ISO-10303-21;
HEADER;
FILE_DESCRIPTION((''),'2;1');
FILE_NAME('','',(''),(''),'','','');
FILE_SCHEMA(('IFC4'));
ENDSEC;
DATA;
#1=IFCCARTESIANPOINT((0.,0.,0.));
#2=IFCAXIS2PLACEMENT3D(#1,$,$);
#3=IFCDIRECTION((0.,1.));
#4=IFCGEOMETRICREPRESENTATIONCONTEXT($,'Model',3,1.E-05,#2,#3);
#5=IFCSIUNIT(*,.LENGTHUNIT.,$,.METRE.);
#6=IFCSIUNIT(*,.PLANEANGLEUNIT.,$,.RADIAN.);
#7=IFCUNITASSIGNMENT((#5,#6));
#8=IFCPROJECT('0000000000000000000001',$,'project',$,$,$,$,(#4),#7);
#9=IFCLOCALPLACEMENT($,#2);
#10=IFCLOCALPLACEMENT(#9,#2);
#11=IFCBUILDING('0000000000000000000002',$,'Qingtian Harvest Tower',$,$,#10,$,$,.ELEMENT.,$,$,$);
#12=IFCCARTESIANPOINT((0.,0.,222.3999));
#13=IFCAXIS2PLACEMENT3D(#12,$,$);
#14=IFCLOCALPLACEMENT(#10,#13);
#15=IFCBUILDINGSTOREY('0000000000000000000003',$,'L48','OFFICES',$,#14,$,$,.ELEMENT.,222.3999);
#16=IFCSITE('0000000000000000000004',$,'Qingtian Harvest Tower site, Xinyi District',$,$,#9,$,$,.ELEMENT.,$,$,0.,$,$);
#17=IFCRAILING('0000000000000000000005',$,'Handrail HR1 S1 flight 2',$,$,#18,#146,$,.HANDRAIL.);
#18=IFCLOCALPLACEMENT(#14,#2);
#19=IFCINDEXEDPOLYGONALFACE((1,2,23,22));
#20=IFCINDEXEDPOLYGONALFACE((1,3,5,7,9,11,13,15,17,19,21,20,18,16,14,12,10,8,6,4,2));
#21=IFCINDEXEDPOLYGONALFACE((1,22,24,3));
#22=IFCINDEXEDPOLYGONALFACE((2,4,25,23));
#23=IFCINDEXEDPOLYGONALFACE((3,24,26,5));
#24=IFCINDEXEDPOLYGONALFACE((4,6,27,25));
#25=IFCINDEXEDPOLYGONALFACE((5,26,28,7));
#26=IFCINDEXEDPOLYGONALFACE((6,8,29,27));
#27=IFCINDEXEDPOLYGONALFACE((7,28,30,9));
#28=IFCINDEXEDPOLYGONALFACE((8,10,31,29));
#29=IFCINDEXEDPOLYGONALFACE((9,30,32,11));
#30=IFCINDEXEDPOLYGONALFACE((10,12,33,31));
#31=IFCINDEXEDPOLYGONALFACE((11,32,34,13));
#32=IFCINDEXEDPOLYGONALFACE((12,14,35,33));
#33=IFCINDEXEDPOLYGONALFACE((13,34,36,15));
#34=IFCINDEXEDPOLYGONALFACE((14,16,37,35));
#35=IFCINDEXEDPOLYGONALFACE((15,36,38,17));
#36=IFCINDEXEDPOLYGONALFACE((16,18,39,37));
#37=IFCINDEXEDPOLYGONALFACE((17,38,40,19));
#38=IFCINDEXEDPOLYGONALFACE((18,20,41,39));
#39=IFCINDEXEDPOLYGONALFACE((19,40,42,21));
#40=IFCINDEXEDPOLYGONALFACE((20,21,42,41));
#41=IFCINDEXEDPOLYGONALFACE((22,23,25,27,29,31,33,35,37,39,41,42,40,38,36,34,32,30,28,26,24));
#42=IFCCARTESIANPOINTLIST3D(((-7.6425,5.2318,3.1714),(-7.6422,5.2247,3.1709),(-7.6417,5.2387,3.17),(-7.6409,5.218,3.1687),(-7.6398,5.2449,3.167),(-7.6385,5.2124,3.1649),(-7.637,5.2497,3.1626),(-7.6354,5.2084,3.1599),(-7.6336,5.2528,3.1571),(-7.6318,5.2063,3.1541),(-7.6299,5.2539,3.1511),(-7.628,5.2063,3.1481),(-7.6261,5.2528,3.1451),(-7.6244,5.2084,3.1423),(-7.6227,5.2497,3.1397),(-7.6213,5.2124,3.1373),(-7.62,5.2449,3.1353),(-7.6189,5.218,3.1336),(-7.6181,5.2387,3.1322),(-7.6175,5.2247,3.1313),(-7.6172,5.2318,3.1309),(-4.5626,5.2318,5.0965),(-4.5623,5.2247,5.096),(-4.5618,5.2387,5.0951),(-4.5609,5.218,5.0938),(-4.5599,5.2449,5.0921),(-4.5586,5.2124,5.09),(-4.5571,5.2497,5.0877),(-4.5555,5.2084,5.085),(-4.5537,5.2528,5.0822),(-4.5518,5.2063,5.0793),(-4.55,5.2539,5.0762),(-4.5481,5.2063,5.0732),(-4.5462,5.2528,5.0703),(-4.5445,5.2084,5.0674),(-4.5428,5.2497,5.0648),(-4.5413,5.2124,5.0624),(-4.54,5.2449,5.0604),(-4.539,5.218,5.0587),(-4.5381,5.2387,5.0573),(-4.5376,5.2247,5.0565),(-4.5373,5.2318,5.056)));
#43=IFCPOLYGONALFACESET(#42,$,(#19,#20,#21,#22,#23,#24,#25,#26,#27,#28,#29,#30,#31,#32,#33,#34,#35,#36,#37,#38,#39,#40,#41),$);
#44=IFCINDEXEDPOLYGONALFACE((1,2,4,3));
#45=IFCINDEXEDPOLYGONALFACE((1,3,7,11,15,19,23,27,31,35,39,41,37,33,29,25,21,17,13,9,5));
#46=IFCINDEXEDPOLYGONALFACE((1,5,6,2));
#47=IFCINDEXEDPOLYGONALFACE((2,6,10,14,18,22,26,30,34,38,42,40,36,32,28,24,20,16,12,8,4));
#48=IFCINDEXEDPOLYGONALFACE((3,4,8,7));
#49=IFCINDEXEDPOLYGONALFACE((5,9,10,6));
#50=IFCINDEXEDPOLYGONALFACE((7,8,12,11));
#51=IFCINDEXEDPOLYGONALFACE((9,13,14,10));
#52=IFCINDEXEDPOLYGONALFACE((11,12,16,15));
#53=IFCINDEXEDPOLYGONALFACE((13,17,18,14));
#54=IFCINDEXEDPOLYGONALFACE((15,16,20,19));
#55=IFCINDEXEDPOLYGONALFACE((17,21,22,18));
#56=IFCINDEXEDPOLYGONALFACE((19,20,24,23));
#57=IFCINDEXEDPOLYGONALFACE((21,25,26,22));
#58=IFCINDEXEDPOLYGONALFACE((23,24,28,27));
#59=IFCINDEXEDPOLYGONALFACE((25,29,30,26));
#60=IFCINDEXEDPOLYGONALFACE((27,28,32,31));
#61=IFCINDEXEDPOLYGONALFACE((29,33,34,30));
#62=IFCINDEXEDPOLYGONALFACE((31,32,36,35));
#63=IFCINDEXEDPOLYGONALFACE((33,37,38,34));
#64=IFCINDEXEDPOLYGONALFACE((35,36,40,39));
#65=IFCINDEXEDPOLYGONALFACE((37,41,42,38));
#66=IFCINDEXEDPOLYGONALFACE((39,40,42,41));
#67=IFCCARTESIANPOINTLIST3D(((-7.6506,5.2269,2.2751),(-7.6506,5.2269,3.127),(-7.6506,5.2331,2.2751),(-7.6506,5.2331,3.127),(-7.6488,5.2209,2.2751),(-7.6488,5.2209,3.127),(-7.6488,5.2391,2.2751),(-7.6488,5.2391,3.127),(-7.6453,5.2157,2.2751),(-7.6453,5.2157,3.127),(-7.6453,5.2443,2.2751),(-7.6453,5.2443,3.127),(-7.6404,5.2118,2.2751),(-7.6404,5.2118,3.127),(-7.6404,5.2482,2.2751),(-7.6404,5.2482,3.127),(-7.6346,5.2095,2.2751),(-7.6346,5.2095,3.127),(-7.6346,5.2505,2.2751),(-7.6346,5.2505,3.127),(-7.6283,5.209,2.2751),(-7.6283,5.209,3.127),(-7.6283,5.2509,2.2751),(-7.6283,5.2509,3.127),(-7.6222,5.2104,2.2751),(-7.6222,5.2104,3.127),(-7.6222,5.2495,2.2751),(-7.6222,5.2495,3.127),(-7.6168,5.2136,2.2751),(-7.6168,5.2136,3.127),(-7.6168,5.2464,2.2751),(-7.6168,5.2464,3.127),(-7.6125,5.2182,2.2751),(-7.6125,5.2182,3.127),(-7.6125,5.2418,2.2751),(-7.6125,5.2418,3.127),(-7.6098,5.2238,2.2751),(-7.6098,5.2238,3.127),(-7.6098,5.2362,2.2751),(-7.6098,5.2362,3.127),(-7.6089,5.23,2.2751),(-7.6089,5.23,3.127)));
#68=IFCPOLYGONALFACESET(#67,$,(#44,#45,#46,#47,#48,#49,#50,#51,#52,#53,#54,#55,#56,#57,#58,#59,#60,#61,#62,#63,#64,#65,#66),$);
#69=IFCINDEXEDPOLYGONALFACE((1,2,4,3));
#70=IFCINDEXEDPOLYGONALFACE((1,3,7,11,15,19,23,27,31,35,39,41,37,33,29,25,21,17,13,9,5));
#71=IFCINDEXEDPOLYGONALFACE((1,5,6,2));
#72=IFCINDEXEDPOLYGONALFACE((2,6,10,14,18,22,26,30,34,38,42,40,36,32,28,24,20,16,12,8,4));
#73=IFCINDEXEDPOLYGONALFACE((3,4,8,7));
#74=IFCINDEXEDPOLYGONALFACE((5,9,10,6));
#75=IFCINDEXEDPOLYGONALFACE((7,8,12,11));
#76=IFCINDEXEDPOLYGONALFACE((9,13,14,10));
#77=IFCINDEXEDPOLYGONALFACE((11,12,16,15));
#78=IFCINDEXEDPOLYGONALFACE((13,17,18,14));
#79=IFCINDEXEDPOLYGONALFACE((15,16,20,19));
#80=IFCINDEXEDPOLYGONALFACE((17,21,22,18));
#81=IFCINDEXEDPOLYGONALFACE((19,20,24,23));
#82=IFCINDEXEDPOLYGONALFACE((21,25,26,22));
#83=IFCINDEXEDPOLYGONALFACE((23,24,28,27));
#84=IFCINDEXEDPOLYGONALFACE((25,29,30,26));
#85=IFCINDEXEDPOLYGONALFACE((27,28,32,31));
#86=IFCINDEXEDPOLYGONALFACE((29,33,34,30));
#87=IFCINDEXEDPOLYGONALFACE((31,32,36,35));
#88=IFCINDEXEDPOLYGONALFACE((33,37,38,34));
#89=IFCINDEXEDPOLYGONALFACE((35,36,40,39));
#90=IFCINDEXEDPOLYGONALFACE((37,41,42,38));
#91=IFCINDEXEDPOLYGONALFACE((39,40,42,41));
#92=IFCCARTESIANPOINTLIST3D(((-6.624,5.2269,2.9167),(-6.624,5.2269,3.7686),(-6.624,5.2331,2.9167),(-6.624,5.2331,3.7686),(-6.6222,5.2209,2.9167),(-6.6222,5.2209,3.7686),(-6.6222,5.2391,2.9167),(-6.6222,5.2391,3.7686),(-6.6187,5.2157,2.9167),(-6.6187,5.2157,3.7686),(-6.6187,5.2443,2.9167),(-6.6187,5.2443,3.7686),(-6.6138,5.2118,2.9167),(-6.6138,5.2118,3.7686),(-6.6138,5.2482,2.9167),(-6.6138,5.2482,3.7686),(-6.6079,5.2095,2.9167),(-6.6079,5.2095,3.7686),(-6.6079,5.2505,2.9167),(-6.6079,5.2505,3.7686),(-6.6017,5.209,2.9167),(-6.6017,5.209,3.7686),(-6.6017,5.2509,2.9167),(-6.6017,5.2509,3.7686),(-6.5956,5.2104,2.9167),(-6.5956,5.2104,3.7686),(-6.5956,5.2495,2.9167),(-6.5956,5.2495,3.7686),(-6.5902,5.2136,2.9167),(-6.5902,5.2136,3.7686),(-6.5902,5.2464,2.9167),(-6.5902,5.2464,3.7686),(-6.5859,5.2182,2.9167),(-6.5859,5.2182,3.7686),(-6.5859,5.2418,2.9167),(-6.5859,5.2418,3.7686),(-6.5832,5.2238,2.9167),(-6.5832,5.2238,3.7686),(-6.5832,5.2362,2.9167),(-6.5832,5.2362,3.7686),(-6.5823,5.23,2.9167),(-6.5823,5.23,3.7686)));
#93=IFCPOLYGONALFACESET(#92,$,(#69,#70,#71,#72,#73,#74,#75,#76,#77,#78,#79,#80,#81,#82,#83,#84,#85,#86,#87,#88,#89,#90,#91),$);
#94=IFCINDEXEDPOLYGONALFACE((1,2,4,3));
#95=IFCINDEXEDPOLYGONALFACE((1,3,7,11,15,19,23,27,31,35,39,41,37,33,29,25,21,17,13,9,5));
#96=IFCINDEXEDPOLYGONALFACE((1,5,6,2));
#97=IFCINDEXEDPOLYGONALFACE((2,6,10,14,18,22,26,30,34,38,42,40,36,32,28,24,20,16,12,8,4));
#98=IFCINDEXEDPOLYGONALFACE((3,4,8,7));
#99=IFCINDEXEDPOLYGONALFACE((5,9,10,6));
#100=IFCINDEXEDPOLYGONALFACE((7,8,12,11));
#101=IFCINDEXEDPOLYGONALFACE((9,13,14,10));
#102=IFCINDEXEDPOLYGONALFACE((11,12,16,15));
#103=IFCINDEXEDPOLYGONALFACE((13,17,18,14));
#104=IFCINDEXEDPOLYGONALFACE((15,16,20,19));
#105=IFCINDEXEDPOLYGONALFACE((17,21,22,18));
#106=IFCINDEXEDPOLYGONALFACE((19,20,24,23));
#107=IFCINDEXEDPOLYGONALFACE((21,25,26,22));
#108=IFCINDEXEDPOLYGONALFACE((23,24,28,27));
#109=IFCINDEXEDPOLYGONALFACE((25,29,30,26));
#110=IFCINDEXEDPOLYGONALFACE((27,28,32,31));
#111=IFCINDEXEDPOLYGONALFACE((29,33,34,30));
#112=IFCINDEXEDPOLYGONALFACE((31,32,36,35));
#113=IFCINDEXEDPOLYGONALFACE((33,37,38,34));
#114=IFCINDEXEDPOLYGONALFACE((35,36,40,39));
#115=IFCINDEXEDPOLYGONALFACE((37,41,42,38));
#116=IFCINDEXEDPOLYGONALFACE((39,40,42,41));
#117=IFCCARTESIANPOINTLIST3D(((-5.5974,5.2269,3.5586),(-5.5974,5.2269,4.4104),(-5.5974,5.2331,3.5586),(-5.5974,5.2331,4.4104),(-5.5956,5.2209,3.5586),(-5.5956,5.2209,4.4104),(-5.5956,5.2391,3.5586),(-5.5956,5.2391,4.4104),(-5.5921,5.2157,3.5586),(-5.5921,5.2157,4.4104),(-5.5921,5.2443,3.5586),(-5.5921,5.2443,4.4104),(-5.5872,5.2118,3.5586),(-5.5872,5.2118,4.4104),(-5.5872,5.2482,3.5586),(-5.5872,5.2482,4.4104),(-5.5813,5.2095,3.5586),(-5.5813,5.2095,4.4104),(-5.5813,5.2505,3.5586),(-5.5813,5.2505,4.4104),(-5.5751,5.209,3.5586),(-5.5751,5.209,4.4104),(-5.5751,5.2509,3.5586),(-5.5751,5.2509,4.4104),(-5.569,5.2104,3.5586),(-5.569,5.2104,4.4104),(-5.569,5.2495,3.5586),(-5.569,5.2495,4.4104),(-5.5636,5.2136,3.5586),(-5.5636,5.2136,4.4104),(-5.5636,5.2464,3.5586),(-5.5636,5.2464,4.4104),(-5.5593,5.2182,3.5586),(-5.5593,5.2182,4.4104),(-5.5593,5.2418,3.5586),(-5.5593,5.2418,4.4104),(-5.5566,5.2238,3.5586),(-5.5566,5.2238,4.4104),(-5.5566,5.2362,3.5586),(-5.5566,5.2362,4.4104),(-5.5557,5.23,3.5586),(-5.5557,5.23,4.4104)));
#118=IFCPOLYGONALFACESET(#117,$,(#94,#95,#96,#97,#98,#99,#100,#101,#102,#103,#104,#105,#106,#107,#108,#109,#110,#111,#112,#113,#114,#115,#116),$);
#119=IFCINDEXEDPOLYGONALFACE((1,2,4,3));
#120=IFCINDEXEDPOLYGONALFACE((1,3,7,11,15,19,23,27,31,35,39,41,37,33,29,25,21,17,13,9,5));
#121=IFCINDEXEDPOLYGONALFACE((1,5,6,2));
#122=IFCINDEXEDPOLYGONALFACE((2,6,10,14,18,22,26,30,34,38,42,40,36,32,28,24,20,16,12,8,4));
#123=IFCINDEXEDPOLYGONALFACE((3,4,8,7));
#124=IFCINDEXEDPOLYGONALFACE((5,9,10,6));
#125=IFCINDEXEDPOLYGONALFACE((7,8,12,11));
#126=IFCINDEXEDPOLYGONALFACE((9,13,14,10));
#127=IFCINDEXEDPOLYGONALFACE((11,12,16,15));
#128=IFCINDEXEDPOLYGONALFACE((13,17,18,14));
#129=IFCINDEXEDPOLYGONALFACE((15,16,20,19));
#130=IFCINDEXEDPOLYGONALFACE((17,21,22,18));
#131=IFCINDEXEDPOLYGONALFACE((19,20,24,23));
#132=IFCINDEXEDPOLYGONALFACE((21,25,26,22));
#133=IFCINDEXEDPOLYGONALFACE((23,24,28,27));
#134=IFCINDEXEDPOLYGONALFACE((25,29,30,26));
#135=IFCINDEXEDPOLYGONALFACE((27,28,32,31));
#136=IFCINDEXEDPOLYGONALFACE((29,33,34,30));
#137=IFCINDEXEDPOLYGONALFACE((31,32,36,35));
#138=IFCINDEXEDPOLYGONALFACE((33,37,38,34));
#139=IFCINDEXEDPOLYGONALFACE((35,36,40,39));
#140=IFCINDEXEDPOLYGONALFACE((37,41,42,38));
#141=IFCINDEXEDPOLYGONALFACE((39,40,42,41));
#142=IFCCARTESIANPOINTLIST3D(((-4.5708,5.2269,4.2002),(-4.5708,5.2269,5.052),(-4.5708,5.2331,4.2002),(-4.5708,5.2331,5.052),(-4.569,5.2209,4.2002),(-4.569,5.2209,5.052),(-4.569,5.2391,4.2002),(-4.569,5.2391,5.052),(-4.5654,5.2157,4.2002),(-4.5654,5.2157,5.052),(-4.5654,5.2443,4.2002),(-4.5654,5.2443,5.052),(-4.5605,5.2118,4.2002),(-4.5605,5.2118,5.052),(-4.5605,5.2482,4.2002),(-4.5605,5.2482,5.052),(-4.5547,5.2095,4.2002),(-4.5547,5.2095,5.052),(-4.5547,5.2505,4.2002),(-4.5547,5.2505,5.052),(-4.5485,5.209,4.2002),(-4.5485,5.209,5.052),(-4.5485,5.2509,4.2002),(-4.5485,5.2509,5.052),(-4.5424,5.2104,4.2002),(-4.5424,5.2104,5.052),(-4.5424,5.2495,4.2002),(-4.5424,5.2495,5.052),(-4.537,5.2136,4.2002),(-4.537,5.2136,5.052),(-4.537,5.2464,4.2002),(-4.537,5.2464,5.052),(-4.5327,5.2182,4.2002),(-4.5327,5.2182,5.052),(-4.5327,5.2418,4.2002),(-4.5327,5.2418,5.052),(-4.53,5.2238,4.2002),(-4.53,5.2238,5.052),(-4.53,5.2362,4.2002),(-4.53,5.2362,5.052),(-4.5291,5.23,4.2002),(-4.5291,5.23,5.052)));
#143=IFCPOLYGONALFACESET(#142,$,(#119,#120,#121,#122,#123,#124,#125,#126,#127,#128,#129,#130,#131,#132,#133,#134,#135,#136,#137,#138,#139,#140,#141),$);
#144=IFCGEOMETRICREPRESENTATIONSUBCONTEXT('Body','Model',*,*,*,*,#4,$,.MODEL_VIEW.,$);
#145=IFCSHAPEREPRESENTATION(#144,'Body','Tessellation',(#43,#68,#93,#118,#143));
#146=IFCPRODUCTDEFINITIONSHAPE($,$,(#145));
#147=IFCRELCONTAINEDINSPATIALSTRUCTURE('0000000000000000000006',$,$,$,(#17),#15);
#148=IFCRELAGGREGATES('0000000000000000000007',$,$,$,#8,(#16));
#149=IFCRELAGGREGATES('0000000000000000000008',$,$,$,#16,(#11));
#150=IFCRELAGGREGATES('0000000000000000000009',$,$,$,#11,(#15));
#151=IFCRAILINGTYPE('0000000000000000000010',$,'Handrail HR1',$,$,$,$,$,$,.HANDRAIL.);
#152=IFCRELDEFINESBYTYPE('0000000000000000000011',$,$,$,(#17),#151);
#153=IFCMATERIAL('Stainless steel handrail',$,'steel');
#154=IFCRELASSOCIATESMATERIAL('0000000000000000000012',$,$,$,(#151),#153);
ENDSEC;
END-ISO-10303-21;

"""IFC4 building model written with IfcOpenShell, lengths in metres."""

from ifc_helpers import new_model, si_unit, direction, frame, origin, origin_2d, place, context, subcontext, project, spatial, circle, extrude, material, type_object, element, save


model = new_model("IFC4")

# Units and contexts
model_context = context("Model", 3, precision=1e-05, world=origin(), true_north=direction((0.0, 1.0)))
body_context = subcontext(model_context, "Body", "Model", "MODEL_VIEW")
ifc_project = project(units=[si_unit("LENGTHUNIT", "METRE"), si_unit("PLANEANGLEUNIT", "RADIAN")], contexts=[model_context])

# Site, building, storey
site_placement = place(None, origin())
site = spatial("IfcSite", under=ifc_project, at=site_placement, Name="Qingtian Harvest Tower site, Xinyi District", CompositionType="ELEMENT", RefElevation=0.0)
building_placement = place(site_placement, origin())
building = spatial("IfcBuilding", under=site, at=building_placement, Name="Qingtian Harvest Tower", CompositionType="ELEMENT")
storey_placement = place(building_placement, frame((0.0, 0.0, 222.3999)))
storey = spatial("IfcBuildingStorey", under=building, at=storey_placement, Name="L48", Description="OFFICES", CompositionType="ELEMENT", Elevation=222.3999)

# Railing
ifc_material_1 = material(Name="Stainless steel handrail", Category="steel")
railing_type = type_object("IfcRailingType", Name="Handrail HR1", PredefinedType="HANDRAIL", material=ifc_material_1)
railing_1_placement = place(storey_placement, frame((-7.6299, 5.23, 2.2751)))
element("IfcRailing", 1, at=railing_1_placement, inside=storey, type_object=railing_type, Name="Handrail HR1 S1 flight 2", PredefinedType="HANDRAIL", context=body_context, shape_type="SweptSolid", body=[
    extrude(circle(Radius=0.0239, at=origin_2d()), frame((0.0, 0.0, 0.876), z_axis=(0.847979, 0.0, 0.530029), x_axis=(0.0, 1.0, 0.0)), (0.0, 0.0, 1.0), 3.6321),
    extrude(circle(Radius=0.021, at=origin_2d()), origin(), (0.0, 0.0, 1.0), 0.8518),
    extrude(circle(Radius=0.021, at=origin_2d()), frame((1.0266, 0.0, 0.6416)), (0.0, 0.0, 1.0), 0.8518),
    extrude(circle(Radius=0.021, at=origin_2d()), frame((2.0532, 0.0, 1.2834)), (0.0, 0.0, 1.0), 0.8518),
    extrude(circle(Radius=0.021, at=origin_2d()), frame((3.0798, 0.0, 1.925)), (0.0, 0.0, 1.0), 0.8518),
])

save(model, "model.ifc")
